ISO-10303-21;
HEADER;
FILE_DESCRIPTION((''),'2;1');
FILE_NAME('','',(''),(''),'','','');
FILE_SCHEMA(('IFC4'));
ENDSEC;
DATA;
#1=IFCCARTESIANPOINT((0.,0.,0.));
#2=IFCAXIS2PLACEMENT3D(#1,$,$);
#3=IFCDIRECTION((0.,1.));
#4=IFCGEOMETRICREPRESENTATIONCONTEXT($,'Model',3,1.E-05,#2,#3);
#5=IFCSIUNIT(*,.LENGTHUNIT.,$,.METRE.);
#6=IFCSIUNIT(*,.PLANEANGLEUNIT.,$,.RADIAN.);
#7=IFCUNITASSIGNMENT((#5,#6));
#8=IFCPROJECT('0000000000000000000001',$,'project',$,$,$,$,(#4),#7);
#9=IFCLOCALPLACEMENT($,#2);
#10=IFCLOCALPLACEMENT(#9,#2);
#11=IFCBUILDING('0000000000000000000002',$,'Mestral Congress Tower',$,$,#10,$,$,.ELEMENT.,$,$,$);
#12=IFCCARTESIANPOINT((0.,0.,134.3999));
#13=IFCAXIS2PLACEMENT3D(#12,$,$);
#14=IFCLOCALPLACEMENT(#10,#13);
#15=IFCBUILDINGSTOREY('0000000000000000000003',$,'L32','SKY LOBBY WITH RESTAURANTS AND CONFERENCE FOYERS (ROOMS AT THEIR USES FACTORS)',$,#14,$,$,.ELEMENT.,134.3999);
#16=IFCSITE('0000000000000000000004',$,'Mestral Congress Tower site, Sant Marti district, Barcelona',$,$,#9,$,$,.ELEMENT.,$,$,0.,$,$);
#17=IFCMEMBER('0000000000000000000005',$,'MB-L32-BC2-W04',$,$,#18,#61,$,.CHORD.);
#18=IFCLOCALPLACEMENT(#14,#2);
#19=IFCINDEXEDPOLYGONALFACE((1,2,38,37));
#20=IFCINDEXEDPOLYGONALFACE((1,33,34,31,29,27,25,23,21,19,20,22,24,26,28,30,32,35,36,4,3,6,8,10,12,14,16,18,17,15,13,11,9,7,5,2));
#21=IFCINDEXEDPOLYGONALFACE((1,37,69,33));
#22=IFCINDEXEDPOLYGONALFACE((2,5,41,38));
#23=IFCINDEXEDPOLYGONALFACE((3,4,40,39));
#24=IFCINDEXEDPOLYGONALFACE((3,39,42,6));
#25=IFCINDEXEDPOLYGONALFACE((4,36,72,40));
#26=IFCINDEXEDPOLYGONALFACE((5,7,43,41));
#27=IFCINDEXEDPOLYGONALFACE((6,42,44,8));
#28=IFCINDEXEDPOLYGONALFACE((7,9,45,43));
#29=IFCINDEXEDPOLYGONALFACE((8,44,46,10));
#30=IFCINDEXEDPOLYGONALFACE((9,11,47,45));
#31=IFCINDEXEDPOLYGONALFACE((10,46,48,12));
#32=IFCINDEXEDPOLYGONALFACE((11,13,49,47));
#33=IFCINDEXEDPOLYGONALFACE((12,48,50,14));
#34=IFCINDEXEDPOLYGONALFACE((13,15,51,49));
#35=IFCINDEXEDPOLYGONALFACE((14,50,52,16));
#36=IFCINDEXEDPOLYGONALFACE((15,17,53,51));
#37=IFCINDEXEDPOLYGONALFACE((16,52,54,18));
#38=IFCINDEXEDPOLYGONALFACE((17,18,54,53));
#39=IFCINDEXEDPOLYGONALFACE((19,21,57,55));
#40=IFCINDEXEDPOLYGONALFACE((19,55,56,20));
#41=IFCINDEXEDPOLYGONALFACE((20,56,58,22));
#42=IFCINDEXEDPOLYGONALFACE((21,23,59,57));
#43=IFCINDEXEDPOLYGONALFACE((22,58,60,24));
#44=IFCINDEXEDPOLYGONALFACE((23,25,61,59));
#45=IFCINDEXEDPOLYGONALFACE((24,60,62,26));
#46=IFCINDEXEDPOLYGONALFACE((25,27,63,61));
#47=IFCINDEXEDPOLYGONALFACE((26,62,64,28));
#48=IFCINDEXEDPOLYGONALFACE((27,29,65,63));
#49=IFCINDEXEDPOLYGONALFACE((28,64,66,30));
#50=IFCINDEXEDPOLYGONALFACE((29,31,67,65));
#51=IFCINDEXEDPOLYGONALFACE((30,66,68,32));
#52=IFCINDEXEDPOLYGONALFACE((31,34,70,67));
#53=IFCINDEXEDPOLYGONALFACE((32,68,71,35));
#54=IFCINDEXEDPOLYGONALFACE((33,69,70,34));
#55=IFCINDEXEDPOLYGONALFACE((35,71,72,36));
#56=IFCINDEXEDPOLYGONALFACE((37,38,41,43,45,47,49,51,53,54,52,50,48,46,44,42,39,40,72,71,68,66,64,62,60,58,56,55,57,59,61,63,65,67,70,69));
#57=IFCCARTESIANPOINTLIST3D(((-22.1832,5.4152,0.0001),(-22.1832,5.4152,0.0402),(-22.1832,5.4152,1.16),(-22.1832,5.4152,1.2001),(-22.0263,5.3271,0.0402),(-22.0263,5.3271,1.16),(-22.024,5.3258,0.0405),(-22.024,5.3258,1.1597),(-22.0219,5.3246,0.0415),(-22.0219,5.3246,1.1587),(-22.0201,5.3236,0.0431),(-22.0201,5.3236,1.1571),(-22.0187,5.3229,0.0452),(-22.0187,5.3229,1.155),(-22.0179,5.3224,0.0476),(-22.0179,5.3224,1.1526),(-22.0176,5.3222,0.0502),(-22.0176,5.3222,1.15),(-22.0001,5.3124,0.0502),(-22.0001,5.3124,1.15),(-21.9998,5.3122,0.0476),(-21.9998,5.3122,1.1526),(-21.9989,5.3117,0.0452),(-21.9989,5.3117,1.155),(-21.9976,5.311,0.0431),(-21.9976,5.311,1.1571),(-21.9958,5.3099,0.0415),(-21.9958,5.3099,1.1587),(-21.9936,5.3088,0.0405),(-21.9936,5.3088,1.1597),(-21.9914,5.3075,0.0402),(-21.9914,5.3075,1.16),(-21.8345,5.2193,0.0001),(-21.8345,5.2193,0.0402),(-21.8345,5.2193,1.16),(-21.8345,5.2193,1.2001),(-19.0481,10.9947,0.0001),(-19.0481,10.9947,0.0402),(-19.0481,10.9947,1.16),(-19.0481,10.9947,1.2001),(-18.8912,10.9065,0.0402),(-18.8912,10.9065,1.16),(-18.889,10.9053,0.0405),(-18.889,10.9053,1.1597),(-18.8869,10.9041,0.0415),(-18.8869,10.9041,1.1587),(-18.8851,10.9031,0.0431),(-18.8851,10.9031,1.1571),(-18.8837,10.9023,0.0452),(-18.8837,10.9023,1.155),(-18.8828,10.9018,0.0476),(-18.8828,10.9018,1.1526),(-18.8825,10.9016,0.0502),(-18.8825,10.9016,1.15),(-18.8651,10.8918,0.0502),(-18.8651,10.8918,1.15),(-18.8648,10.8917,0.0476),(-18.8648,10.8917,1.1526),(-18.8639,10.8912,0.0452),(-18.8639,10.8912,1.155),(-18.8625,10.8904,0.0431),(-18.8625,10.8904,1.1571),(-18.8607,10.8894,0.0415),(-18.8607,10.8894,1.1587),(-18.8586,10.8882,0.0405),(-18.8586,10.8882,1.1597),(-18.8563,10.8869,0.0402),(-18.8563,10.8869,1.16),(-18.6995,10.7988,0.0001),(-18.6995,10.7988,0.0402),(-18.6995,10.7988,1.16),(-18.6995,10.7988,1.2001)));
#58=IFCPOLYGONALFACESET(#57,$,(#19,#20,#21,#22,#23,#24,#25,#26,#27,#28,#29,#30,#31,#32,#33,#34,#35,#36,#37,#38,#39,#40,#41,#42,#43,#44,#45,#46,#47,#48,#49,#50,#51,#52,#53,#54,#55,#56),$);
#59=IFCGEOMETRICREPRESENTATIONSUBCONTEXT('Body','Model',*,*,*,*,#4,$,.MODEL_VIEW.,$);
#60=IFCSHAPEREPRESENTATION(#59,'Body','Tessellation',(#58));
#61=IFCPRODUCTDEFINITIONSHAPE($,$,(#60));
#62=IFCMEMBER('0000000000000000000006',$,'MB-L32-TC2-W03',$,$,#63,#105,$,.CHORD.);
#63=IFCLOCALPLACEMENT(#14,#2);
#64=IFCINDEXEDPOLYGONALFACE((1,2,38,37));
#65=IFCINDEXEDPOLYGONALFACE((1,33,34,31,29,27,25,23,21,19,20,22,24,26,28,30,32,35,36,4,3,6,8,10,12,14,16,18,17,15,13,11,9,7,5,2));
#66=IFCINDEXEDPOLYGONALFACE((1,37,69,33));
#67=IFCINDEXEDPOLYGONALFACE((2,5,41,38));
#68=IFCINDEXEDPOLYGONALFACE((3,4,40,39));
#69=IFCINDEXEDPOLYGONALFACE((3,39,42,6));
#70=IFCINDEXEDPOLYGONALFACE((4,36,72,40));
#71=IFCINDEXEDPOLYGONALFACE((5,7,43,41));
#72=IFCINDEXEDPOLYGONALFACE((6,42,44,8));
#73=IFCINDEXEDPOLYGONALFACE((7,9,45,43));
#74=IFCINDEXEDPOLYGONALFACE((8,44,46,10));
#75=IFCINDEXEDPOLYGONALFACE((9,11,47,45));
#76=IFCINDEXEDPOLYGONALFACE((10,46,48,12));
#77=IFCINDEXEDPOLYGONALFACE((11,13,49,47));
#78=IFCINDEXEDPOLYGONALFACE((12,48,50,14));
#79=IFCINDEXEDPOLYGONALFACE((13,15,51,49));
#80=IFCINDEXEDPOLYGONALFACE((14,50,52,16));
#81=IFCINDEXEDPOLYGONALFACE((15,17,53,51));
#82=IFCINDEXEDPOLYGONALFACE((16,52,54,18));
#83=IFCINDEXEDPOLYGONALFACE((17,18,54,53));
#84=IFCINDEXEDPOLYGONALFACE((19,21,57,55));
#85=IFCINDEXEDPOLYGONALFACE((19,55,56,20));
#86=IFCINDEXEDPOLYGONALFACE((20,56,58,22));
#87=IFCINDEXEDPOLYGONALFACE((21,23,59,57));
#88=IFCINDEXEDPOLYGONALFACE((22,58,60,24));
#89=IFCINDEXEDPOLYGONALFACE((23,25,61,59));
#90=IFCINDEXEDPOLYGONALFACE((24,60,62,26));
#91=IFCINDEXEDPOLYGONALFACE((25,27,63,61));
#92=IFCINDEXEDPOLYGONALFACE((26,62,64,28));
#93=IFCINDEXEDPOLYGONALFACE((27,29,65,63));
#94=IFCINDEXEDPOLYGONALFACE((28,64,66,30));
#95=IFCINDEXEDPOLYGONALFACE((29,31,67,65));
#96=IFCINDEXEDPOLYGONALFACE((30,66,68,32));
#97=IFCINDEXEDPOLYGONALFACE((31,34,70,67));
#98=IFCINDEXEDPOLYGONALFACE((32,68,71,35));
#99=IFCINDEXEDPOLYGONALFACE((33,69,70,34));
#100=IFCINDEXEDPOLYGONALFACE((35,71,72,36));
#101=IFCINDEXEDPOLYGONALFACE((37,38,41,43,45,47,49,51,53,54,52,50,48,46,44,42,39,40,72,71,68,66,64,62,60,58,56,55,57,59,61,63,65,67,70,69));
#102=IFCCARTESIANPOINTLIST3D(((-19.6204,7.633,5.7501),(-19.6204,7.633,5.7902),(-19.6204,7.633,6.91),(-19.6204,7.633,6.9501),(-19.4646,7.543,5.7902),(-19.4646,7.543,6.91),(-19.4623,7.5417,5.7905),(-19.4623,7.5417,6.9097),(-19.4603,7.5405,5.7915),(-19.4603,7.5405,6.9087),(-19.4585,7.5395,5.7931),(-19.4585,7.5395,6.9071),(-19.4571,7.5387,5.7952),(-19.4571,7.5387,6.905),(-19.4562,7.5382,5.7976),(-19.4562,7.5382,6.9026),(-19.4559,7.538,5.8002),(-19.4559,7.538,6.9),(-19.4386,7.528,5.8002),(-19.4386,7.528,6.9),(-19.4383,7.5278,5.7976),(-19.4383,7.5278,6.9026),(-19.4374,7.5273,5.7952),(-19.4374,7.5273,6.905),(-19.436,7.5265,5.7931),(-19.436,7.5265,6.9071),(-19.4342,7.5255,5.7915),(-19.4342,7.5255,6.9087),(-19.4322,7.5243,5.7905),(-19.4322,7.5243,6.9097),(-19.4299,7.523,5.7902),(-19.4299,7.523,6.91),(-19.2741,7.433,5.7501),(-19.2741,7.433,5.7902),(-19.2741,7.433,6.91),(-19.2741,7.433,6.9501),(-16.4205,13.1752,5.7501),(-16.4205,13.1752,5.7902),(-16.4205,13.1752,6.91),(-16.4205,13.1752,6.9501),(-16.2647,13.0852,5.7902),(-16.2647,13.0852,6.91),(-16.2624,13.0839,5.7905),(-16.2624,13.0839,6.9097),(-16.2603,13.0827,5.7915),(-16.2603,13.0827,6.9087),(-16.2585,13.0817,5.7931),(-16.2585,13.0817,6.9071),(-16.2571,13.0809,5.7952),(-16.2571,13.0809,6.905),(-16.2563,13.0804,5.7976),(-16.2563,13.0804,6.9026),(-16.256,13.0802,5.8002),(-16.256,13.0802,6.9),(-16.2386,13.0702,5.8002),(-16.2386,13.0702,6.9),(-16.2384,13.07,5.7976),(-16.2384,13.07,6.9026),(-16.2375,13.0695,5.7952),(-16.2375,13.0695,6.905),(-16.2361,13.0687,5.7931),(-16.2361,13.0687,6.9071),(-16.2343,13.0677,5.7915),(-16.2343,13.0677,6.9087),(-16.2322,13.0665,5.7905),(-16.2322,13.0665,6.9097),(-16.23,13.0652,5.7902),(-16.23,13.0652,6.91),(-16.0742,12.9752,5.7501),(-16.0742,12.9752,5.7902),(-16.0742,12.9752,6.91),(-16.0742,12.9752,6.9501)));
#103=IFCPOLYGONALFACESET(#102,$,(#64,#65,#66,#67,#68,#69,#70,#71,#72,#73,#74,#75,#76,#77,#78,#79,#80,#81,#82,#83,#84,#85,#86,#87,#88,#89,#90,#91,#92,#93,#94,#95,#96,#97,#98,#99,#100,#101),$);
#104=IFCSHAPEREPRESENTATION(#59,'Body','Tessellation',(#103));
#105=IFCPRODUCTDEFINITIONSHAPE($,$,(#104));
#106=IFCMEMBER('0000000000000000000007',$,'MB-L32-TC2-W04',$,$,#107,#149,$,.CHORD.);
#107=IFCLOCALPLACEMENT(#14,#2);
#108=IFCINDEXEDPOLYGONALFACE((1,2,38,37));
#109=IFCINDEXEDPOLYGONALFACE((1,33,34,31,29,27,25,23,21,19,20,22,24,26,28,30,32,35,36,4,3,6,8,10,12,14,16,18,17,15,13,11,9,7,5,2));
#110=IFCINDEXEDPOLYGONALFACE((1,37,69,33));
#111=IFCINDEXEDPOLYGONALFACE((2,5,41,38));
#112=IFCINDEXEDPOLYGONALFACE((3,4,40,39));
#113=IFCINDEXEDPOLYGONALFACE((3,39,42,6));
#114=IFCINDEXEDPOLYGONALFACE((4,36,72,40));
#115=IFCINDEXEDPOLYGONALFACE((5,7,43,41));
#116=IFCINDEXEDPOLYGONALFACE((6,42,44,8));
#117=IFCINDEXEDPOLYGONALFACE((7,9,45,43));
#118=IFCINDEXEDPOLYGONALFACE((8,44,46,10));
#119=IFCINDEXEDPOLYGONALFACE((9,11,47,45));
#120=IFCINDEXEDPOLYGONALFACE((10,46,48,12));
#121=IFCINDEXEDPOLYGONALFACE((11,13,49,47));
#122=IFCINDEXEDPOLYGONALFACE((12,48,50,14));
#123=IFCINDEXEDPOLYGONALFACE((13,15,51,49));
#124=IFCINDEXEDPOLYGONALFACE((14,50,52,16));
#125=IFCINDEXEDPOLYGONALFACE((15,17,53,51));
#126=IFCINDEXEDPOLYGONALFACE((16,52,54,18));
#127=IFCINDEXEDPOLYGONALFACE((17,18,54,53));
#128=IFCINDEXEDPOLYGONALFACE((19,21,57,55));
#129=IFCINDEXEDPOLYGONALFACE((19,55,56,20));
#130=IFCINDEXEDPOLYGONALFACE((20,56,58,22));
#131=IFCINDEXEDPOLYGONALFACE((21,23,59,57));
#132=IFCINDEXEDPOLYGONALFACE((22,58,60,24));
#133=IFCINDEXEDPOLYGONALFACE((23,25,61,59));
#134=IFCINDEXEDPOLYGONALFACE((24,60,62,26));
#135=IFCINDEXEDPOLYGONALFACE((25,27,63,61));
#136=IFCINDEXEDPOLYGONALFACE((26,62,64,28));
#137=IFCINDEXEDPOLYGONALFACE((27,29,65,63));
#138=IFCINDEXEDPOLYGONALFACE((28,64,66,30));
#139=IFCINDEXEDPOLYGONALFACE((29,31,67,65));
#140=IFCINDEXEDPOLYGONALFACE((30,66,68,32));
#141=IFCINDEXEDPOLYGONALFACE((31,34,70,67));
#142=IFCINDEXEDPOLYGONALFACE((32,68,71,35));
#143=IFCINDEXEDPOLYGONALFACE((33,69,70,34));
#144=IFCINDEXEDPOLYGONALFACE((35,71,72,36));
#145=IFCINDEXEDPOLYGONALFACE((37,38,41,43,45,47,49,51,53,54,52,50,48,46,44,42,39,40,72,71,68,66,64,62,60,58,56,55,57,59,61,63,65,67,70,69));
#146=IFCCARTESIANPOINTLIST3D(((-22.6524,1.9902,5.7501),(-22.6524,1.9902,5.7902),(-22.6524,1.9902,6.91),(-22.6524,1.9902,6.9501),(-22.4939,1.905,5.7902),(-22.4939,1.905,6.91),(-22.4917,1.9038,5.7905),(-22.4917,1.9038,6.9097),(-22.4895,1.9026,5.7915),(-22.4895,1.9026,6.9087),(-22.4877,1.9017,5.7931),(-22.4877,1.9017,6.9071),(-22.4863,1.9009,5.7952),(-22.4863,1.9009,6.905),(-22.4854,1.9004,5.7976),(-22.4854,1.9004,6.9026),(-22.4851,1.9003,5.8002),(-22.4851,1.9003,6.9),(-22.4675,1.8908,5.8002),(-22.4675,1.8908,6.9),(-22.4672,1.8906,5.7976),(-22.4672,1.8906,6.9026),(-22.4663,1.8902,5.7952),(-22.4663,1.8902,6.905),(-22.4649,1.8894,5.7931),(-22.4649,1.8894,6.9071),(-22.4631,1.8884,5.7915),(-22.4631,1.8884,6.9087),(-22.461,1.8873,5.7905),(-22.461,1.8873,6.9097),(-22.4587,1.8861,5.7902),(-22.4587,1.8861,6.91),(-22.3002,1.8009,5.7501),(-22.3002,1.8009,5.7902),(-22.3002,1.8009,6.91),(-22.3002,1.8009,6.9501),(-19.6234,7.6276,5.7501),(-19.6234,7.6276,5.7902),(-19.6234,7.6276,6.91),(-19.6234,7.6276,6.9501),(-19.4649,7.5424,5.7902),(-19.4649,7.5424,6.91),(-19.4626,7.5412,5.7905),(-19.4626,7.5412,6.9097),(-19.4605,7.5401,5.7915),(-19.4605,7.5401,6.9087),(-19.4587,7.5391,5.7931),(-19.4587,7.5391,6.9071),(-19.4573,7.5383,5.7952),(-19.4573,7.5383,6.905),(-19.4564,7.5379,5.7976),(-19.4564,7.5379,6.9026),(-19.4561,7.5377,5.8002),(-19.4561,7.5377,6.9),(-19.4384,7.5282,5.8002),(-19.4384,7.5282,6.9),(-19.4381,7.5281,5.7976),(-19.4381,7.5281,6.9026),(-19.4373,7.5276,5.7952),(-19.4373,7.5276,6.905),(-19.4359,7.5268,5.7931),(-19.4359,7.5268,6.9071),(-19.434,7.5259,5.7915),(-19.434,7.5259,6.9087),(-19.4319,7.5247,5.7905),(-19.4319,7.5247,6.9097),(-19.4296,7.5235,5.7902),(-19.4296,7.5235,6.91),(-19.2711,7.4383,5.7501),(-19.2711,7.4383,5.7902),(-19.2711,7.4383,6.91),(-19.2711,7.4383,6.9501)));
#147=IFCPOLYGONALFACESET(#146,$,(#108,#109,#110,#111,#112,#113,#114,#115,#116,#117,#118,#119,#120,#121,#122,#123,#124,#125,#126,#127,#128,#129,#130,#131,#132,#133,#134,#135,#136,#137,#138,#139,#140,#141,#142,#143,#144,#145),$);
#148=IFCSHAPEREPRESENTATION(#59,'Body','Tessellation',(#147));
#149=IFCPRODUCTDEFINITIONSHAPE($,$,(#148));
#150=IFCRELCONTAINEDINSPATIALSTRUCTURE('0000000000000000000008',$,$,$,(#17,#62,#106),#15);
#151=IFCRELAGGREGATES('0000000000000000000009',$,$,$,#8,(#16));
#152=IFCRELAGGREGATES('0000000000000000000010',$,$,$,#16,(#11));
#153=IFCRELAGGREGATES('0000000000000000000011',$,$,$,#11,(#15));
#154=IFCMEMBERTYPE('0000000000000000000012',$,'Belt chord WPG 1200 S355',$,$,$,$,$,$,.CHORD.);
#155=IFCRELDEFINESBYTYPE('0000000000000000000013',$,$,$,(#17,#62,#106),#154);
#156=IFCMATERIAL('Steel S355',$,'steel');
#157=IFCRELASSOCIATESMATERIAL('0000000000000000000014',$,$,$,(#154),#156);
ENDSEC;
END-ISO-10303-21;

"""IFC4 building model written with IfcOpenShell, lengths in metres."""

from ifc_helpers import new_model, si_unit, direction, frame, origin, origin_2d, place, context, subcontext, project, spatial, i_section, extrude, material, material_profile, profile_set, type_object, element, save


model = new_model("IFC4")

# Units and contexts
model_context = context("Model", 3, precision=1e-05, world=origin(), true_north=direction((0.0, 1.0)))
body_context = subcontext(model_context, "Body", "Model", "MODEL_VIEW")
ifc_project = project(units=[si_unit("LENGTHUNIT", "METRE"), si_unit("PLANEANGLEUNIT", "RADIAN")], contexts=[model_context])

# Site, building, storey
site_placement = place(None, origin())
site = spatial("IfcSite", under=ifc_project, at=site_placement, Name="Mestral Congress Tower site, Sant Marti district, Barcelona", CompositionType="ELEMENT", RefElevation=0.0)
building_placement = place(site_placement, origin())
building = spatial("IfcBuilding", under=site, at=building_placement, Name="Mestral Congress Tower", CompositionType="ELEMENT")
storey_placement = place(building_placement, frame((0.0, 0.0, 134.3999)))
storey = spatial("IfcBuildingStorey", under=building, at=storey_placement, Name="L32", Description="SKY LOBBY WITH RESTAURANTS AND CONFERENCE FOYERS (ROOMS AT THEIR USES FACTORS)", CompositionType="ELEMENT", Elevation=134.3999)

# Members
ifc_material_1 = material(Name="Steel S355", Category="steel")
ifc_material_profile_1 = material_profile(ifc_material_1, i_section(OverallWidth=0.3999, OverallDepth=1.2, WebThickness=0.02, FlangeThickness=0.04, FilletRadius=0.01, at=origin_2d()), Name="WPG 1200")
ifc_profile_set_1 = profile_set([ifc_material_profile_1], Name="Steel S355")
member_type_1 = type_object("IfcMemberType", Name="Belt chord WPG 1200 S355", PredefinedType="CHORD", material=ifc_profile_set_1)
member_1_placement = place(storey_placement, frame((-18.8738, 10.8967, 0.6001), z_axis=(-0.489861, -0.871801, 0.0), x_axis=(0.871801, -0.489861, 0.0)))
element("IfcMember", 1, at=member_1_placement, inside=storey, type_object=member_type_1, Name="MB-L32-BC2-W04", PredefinedType="CHORD", context=body_context, shape_type="SweptSolid", body=[
    extrude(i_section(OverallWidth=0.3999, OverallDepth=1.2, WebThickness=0.02, FlangeThickness=0.04, FilletRadius=0.01, at=origin_2d()), origin(), (0.0, 0.0, 1.0), 6.3999),
])
for number, where, z_axis, x_axis, name in (
    (2, (-16.2473, 13.0752, 6.3501), (-0.500016, -0.866016, 0.0), (0.866016, -0.500016, 0.0), "MB-L32-TC2-W03"),
    (3, (-19.4473, 7.533, 6.3501), (-0.473313, -0.880895, 0.0), (0.880895, -0.473313, 0.0), "MB-L32-TC2-W04"),
):
    element("IfcMember", number, at=place(storey_placement, frame(where, z_axis=z_axis, x_axis=x_axis)), inside=storey, type_object=member_type_1, Name=name, PredefinedType="CHORD", context=body_context, shape_type="SweptSolid", body=[
        extrude(i_section(OverallWidth=0.3999, OverallDepth=1.2, WebThickness=0.02, FlangeThickness=0.04, FilletRadius=0.01, at=origin_2d()), origin(), (0.0, 0.0, 1.0), 6.3997),
    ])

save(model, "model.ifc")
